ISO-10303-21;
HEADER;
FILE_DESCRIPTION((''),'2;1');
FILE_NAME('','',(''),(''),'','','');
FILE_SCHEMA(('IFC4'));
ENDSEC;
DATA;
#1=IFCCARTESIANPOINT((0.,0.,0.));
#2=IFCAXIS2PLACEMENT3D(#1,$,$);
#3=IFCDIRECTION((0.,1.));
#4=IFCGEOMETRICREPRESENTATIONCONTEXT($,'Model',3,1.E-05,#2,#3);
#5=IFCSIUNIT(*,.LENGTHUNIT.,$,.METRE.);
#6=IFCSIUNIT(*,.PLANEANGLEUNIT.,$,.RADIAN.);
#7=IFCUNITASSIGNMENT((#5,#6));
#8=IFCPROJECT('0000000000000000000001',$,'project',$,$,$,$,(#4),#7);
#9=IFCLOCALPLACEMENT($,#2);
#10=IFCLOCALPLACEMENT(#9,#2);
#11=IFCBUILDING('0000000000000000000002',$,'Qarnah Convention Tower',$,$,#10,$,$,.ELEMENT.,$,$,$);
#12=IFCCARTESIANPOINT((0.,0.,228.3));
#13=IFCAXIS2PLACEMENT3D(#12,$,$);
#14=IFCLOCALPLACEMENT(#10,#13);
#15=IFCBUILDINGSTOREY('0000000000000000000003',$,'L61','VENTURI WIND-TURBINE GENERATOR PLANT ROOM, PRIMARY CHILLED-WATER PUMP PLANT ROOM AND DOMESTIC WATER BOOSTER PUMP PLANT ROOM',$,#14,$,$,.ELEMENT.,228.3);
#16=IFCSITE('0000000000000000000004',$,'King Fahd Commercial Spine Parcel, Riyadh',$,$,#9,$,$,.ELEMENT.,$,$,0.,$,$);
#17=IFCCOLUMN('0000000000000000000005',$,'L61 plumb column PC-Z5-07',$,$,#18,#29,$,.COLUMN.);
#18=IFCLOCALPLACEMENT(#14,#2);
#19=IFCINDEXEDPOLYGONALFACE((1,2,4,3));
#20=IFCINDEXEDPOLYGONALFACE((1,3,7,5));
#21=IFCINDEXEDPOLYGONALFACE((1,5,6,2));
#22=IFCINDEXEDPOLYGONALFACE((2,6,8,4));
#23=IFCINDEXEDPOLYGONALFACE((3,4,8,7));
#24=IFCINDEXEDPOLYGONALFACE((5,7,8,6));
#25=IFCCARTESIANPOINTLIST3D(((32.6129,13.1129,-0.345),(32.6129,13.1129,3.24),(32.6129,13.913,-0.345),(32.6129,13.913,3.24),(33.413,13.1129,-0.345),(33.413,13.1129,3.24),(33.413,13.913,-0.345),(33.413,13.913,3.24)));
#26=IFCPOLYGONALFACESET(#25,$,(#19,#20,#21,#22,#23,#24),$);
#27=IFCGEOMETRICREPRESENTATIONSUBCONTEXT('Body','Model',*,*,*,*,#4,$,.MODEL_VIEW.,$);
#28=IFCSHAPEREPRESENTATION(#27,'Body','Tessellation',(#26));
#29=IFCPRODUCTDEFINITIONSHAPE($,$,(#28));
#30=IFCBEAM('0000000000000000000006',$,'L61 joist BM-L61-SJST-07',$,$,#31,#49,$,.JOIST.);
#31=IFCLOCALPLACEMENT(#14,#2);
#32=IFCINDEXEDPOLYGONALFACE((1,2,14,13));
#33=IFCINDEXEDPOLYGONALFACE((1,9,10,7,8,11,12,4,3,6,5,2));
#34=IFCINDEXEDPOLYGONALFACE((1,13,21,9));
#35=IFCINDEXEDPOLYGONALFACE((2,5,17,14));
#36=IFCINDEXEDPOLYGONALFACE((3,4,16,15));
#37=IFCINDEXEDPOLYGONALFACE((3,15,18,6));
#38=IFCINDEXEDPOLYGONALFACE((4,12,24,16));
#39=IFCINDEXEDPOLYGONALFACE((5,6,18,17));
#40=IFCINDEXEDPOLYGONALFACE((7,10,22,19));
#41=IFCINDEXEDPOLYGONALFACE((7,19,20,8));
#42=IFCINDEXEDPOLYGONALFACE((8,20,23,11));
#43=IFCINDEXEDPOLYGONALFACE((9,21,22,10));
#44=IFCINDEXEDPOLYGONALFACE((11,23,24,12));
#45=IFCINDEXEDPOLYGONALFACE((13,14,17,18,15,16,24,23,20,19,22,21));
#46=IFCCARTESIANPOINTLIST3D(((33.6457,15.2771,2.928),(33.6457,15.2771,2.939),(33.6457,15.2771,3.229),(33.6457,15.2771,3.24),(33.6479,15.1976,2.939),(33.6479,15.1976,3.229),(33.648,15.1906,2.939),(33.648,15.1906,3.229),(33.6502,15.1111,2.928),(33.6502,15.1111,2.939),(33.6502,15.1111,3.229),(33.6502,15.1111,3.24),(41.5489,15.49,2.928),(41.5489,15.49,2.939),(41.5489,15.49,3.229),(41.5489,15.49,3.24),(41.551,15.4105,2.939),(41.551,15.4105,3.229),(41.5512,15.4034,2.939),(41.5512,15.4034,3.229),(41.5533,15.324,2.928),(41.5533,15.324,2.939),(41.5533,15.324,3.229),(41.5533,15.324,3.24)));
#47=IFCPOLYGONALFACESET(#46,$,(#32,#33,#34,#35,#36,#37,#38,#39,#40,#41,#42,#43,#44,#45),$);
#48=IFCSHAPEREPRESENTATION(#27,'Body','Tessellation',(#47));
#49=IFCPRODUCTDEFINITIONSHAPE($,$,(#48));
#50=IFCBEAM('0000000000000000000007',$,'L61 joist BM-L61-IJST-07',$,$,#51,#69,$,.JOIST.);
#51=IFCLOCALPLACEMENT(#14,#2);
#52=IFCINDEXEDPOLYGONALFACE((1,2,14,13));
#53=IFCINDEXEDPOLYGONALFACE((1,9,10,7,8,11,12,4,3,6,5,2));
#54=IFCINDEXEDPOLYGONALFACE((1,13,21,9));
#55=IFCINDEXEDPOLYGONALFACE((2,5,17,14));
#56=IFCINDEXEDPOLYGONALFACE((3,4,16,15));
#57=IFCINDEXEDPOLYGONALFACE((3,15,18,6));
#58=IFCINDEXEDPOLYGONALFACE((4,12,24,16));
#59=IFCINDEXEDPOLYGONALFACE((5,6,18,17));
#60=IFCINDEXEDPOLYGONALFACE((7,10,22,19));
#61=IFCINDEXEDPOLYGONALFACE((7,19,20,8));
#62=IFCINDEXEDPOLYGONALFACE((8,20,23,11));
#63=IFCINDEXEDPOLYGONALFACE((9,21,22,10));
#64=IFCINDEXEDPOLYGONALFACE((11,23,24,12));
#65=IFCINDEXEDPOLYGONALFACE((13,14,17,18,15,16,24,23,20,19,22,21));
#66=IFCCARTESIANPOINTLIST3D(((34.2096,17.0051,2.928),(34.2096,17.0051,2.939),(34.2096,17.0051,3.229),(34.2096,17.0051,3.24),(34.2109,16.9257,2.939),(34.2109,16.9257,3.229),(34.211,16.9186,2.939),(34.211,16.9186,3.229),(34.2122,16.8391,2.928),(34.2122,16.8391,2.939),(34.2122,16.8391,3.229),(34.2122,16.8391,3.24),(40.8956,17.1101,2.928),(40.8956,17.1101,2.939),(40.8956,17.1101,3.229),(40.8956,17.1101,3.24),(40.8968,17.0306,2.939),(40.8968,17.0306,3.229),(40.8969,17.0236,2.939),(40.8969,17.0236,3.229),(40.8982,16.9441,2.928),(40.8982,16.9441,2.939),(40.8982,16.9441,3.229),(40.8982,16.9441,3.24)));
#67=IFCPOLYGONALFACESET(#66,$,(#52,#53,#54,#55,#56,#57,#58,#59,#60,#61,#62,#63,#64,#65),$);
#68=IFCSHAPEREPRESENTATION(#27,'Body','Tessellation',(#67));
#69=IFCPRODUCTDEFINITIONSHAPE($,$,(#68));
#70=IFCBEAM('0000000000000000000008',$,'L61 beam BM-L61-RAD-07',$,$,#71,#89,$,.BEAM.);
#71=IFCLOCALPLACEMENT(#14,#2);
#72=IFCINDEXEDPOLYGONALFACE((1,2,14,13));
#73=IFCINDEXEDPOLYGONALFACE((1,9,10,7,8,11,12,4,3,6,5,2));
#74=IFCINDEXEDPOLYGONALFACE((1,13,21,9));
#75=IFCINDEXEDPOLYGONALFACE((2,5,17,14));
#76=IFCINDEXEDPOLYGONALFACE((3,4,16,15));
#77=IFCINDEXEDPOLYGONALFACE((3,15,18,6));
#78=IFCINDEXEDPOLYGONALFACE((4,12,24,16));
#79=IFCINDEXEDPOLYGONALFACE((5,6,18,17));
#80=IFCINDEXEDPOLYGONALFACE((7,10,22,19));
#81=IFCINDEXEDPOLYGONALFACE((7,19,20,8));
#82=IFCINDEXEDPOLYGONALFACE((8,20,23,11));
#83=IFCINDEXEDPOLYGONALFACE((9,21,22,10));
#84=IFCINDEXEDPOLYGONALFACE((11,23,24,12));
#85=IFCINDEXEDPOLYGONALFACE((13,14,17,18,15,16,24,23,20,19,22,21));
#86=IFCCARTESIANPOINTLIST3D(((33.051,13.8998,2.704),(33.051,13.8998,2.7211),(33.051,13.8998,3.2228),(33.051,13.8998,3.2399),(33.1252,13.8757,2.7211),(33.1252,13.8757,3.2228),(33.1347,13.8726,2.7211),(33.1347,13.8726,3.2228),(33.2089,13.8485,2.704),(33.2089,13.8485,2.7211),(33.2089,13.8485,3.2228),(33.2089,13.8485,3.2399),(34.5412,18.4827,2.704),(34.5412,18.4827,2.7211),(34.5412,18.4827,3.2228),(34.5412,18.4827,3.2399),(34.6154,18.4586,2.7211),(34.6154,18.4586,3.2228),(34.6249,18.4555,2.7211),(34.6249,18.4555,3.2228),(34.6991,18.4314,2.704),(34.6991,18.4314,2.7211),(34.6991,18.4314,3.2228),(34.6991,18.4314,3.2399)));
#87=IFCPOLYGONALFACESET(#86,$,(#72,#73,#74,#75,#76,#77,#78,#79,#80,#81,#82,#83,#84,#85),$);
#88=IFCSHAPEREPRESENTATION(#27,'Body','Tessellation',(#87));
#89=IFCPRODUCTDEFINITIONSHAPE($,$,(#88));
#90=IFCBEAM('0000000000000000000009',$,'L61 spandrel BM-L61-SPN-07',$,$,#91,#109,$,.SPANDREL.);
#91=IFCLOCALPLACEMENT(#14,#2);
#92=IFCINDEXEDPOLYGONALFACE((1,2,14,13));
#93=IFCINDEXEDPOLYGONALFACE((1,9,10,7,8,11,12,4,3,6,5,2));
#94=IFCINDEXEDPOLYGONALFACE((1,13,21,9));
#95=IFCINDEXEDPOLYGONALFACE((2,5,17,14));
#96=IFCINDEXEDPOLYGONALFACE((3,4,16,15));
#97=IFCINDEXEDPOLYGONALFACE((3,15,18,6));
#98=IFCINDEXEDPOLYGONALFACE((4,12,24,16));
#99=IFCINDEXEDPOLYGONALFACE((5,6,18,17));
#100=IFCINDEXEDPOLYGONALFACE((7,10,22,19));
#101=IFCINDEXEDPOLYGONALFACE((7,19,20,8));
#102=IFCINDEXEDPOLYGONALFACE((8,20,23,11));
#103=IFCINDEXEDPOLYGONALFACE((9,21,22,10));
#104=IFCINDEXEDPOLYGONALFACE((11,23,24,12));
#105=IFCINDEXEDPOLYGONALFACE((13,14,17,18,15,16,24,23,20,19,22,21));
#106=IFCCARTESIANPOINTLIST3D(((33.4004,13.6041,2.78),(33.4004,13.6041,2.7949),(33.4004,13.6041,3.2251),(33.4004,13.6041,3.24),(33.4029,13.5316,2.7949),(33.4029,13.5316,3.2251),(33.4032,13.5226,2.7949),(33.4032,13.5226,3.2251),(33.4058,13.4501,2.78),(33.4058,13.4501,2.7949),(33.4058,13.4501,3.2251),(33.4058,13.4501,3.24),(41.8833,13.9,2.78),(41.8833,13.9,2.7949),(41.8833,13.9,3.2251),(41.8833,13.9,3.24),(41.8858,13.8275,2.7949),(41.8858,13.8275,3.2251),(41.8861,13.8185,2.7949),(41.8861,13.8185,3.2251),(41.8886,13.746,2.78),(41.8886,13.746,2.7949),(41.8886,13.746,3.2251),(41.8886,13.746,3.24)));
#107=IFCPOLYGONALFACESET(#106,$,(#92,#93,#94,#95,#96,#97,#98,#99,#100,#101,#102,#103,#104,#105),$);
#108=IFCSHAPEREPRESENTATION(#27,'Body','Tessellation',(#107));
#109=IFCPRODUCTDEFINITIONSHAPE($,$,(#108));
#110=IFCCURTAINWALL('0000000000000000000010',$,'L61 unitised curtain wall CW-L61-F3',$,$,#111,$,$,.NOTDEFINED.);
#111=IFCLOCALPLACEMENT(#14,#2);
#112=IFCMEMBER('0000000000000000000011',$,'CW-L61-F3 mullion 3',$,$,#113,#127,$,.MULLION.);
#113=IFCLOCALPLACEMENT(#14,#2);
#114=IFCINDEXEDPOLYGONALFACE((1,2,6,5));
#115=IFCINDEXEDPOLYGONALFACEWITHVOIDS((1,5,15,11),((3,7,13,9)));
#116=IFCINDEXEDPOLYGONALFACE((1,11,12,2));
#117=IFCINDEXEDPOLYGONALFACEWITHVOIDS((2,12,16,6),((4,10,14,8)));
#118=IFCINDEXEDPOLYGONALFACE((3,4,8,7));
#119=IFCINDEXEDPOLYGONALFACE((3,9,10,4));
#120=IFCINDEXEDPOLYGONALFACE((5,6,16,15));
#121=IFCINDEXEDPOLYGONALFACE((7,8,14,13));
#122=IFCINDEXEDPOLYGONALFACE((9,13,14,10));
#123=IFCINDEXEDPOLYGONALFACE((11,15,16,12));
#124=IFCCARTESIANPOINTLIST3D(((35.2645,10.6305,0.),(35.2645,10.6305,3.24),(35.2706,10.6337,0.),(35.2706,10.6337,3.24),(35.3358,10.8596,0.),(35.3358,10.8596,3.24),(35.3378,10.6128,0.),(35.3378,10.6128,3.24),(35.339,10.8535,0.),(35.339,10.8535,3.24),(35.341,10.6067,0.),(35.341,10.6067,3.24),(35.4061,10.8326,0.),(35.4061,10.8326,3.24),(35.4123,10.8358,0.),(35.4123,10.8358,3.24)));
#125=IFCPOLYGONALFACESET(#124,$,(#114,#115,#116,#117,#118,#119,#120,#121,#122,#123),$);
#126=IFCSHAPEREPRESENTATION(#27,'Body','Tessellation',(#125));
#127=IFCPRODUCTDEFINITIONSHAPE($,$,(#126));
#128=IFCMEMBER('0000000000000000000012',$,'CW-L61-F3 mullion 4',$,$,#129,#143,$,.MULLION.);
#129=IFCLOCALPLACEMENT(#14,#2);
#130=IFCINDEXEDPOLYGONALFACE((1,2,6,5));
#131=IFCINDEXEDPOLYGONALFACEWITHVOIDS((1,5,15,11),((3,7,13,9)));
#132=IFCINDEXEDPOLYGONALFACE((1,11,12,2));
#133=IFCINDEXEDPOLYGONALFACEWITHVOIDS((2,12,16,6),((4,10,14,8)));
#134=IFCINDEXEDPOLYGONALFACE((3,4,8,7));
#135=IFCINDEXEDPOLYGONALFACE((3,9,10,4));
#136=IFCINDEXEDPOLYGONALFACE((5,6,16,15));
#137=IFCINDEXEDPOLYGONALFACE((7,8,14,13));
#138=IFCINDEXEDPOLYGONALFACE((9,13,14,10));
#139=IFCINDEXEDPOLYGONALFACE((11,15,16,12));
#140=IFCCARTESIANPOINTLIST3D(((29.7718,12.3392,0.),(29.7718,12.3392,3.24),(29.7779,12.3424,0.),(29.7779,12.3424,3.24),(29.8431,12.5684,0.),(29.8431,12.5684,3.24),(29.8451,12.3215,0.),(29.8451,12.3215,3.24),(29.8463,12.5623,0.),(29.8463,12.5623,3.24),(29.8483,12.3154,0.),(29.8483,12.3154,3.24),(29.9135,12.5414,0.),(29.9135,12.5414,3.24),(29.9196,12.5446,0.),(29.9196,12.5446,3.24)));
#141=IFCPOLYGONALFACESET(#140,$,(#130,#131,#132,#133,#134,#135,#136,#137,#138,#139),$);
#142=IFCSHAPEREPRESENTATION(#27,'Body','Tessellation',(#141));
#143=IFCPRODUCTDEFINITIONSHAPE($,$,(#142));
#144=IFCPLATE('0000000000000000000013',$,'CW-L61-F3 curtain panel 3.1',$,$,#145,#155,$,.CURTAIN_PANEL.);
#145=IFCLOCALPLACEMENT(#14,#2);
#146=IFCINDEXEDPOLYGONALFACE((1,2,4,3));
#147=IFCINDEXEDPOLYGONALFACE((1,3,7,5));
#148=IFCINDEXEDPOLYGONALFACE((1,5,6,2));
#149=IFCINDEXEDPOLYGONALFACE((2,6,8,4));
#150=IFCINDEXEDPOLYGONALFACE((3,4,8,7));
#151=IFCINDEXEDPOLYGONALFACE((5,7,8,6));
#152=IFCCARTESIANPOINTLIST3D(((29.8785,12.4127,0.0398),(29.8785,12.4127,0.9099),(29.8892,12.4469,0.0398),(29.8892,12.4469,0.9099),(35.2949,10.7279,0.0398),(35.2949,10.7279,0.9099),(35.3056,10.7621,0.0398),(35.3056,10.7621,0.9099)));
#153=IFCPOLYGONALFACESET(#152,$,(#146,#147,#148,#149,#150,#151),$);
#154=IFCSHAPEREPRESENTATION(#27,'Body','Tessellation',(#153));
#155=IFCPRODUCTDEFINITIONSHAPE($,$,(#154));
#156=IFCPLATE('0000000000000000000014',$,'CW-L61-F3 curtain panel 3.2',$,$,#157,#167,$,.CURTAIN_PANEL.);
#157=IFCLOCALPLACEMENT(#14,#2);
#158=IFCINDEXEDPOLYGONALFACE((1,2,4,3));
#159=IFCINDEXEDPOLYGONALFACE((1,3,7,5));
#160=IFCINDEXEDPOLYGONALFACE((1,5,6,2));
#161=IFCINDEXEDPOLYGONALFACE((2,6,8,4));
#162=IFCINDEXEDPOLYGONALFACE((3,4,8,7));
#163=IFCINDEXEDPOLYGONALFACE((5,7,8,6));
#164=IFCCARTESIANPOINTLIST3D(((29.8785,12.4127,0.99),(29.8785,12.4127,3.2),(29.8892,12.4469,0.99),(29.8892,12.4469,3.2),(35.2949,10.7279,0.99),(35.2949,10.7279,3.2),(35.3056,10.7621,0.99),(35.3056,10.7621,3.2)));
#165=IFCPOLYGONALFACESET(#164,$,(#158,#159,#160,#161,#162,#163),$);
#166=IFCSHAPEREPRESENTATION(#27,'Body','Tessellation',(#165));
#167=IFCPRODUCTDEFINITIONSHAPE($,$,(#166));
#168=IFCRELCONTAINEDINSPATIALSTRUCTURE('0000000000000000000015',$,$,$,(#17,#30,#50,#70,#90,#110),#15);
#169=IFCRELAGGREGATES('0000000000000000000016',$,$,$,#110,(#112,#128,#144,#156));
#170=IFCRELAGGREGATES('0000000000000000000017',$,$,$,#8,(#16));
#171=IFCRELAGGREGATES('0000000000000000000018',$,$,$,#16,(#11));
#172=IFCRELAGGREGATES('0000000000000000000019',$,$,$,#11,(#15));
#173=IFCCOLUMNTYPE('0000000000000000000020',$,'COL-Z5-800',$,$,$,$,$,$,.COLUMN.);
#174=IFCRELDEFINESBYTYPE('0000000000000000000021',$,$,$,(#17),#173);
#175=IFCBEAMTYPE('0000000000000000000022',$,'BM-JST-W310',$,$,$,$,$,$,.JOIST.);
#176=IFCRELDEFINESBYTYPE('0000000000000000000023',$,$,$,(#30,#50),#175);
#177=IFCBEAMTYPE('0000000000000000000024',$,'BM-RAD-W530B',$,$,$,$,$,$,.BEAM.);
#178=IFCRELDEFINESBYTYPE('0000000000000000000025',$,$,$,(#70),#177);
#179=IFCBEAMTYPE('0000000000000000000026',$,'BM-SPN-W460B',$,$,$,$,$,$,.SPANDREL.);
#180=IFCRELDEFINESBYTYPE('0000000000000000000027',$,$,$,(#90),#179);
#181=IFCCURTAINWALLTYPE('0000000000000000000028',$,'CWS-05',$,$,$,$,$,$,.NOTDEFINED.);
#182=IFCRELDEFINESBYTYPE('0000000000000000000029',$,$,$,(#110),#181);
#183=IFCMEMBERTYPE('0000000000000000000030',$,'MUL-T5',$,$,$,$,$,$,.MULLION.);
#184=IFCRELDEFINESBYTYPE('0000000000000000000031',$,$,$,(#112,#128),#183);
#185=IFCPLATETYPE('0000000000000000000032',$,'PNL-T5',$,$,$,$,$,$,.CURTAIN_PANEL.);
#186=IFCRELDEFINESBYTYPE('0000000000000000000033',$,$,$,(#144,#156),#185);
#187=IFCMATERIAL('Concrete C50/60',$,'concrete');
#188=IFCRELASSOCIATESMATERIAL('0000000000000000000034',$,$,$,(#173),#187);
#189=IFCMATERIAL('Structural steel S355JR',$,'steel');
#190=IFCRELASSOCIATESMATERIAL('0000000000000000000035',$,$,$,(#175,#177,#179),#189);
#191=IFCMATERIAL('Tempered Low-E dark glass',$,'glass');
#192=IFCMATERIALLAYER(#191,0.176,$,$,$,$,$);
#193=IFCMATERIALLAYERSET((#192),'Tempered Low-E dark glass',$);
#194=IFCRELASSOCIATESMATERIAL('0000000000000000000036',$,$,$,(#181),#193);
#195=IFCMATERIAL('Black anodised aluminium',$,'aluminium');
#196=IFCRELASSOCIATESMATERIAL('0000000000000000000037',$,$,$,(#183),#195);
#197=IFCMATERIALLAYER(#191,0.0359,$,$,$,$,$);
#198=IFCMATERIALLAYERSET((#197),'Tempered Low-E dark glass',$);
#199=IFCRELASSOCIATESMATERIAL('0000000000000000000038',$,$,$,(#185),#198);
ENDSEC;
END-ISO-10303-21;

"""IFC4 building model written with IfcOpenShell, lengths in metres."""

from ifc_helpers import new_model, si_unit, direction, frame, origin, origin_2d, place, context, subcontext, project, spatial, rectangle, hollow_rectangle, i_section, extrude, material, layer, layer_set, material_profile, profile_set, type_object, element, aggregate, save


model = new_model("IFC4")

# Units and contexts
model_context = context("Model", 3, precision=1e-05, world=origin(), true_north=direction((0.0, 1.0)))
body_context = subcontext(model_context, "Body", "Model", "MODEL_VIEW")
ifc_project = project(units=[si_unit("LENGTHUNIT", "METRE"), si_unit("PLANEANGLEUNIT", "RADIAN")], contexts=[model_context])

# Site, building, storey
site_placement = place(None, origin())
site = spatial("IfcSite", under=ifc_project, at=site_placement, Name="King Fahd Commercial Spine Parcel, Riyadh", CompositionType="ELEMENT", RefElevation=0.0)
building_placement = place(site_placement, origin())
building = spatial("IfcBuilding", under=site, at=building_placement, Name="Qarnah Convention Tower", CompositionType="ELEMENT")
storey_placement = place(building_placement, frame((0.0, 0.0, 228.3)))
storey = spatial("IfcBuildingStorey", under=building, at=storey_placement, Name="L61", Description="VENTURI WIND-TURBINE GENERATOR PLANT ROOM, PRIMARY CHILLED-WATER PUMP PLANT ROOM AND DOMESTIC WATER BOOSTER PUMP PLANT ROOM", CompositionType="ELEMENT", Elevation=228.3)

# Column
ifc_material_1 = material(Name="Concrete C50/60", Category="concrete")
ifc_material_profile_1 = material_profile(ifc_material_1, rectangle(XDim=0.8, YDim=0.8, at=origin_2d()), Name="RC-COL-800X800")
ifc_profile_set_1 = profile_set([ifc_material_profile_1], Name="Concrete C50/60")
column_type = type_object("IfcColumnType", Name="COL-Z5-800", PredefinedType="COLUMN", material=ifc_profile_set_1)
column_placement = place(storey_placement, frame((33.0129, 13.5129, -0.345), z_axis=(0.0, 0.0, 1.0), x_axis=(1.0, 0.0, 0.0)))
element("IfcColumn", 1, at=column_placement, inside=storey, type_object=column_type, Name="L61 plumb column PC-Z5-07", PredefinedType="COLUMN", context=body_context, shape_type="SweptSolid", body=[
    extrude(rectangle(XDim=0.8, YDim=0.8, at=origin_2d()), origin(), (0.0, 0.0, 1.0), 3.585),
])

# Beams
ifc_material_2 = material(Name="Structural steel S355JR", Category="steel")
ifc_material_profile_2 = material_profile(ifc_material_2, i_section(OverallWidth=0.166, OverallDepth=0.312, WebThickness=0.0071, FlangeThickness=0.011, at=origin_2d()), Name="W310X45")
ifc_profile_set_2 = profile_set([ifc_material_profile_2], Name="Structural steel S355JR")
beam_type_1 = type_object("IfcBeamType", Name="BM-JST-W310", PredefinedType="JOIST", material=ifc_profile_set_2)
beam_1_placement = place(storey_placement, frame((33.6479, 15.1941, 3.084), z_axis=(0.999637, 0.026928, 0.0), x_axis=(-0.026928, 0.999637, 0.0)))
element("IfcBeam", 2, at=beam_1_placement, inside=storey, type_object=beam_type_1, Name="L61 joist BM-L61-SJST-07", PredefinedType="JOIST", context=body_context, shape_type="SweptSolid", body=[
    extrude(i_section(OverallWidth=0.166, OverallDepth=0.312, WebThickness=0.0071, FlangeThickness=0.011, at=origin_2d()), origin(), (0.0, 0.0, 1.0), 7.906),
])
beam_2_placement = place(storey_placement, frame((34.2109, 16.9221, 3.084), z_axis=(0.999877, 0.0157, 0.0), x_axis=(-0.0157, 0.999877, 0.0)))
element("IfcBeam", 3, at=beam_2_placement, inside=storey, type_object=beam_type_1, Name="L61 joist BM-L61-IJST-07", PredefinedType="JOIST", context=body_context, shape_type="SweptSolid", body=[
    extrude(i_section(OverallWidth=0.166, OverallDepth=0.312, WebThickness=0.0071, FlangeThickness=0.011, at=origin_2d()), origin(), (0.0, 0.0, 1.0), 6.6868),
])
ifc_material_profile_3 = material_profile(ifc_material_2, i_section(OverallWidth=0.166, OverallDepth=0.5359, WebThickness=0.01, FlangeThickness=0.0171, at=origin_2d()), Name="W530X85")
ifc_profile_set_3 = profile_set([ifc_material_profile_3], Name="Structural steel S355JR")
beam_type_2 = type_object("IfcBeamType", Name="BM-RAD-W530B", PredefinedType="BEAM", material=ifc_profile_set_3)
beam_3_placement = place(storey_placement, frame((34.6201, 18.457, 2.9719), z_axis=(-0.309228, -0.950988, 0.0), x_axis=(0.950988, -0.309228, 0.0)))
element("IfcBeam", 4, at=beam_3_placement, inside=storey, type_object=beam_type_2, Name="L61 beam BM-L61-RAD-07", PredefinedType="BEAM", context=body_context, shape_type="SweptSolid", body=[
    extrude(i_section(OverallWidth=0.166, OverallDepth=0.5359, WebThickness=0.01, FlangeThickness=0.0171, at=origin_2d()), origin(), (0.0, 0.0, 1.0), 4.8191),
])
ifc_material_profile_4 = material_profile(ifc_material_2, i_section(OverallWidth=0.1541, OverallDepth=0.46, WebThickness=0.009, FlangeThickness=0.0149, at=origin_2d()), Name="W460X68")
ifc_profile_set_4 = profile_set([ifc_material_profile_4], Name="Structural steel S355JR")
beam_type_3 = type_object("IfcBeamType", Name="BM-SPN-W460B", PredefinedType="SPANDREL", material=ifc_profile_set_4)
beam_4_placement = place(storey_placement, frame((33.4031, 13.5271, 3.01), z_axis=(0.999392, 0.034861, 0.0), x_axis=(-0.034861, 0.999392, 0.0)))
element("IfcBeam", 5, at=beam_4_placement, inside=storey, type_object=beam_type_3, Name="L61 spandrel BM-L61-SPN-07", PredefinedType="SPANDREL", context=body_context, shape_type="SweptSolid", body=[
    extrude(i_section(OverallWidth=0.1541, OverallDepth=0.46, WebThickness=0.009, FlangeThickness=0.0149, at=origin_2d()), origin(), (0.0, 0.0, 1.0), 8.488),
])

# Curtain wall, members, plates
ifc_material_3 = material(Name="Tempered Low-E dark glass", Category="glass")
ifc_layer_1 = layer(ifc_material_3, 0.176)
ifc_layer_set_1 = layer_set([ifc_layer_1], Name="Tempered Low-E dark glass")
curtain_wall_type = type_object("IfcCurtainWallType", Name="CWS-05", PredefinedType="NOTDEFINED", material=ifc_layer_set_1)
curtain_wall_placement = place(storey_placement, origin())
curtain_wall = element("IfcCurtainWall", 6, at=curtain_wall_placement, inside=storey, type_object=curtain_wall_type, Name="L61 unitised curtain wall CW-L61-F3", PredefinedType="NOTDEFINED")
ifc_material_4 = material(Name="Black anodised aluminium", Category="aluminium")
ifc_material_profile_5 = material_profile(ifc_material_4, hollow_rectangle(XDim=0.0801, YDim=0.24, WallThickness=0.0049, at=origin_2d()), Name="MUL-80X240")
ifc_profile_set_5 = profile_set([ifc_material_profile_5], Name="Black anodised aluminium")
member_type = type_object("IfcMemberType", Name="MUL-T5", PredefinedType="MULLION", material=ifc_profile_set_5)
member_1_placement = place(storey_placement, frame((35.3384, 10.7332, 0.0), z_axis=(0.0, 0.0, 1.0), x_axis=(-0.95487, 0.297024, 0.0)))
member_1 = element("IfcMember", 7, at=member_1_placement, type_object=member_type, Name="CW-L61-F3 mullion 3", PredefinedType="MULLION", context=body_context, shape_type="SweptSolid", body=[
    extrude(hollow_rectangle(XDim=0.0801, YDim=0.24, WallThickness=0.0049, at=origin_2d()), origin(), (0.0, 0.0, 1.0), 3.24),
])
member_2_placement = place(storey_placement, frame((29.8457, 12.4419, 0.0), z_axis=(0.0, 0.0, 1.0), x_axis=(-0.95487, 0.297024, 0.0)))
member_2 = element("IfcMember", 8, at=member_2_placement, type_object=member_type, Name="CW-L61-F3 mullion 4", PredefinedType="MULLION", context=body_context, shape_type="SweptSolid", body=[
    extrude(hollow_rectangle(XDim=0.0801, YDim=0.24, WallThickness=0.0049, at=origin_2d()), origin(), (0.0, 0.0, 1.0), 3.24),
])
ifc_layer_2 = layer(ifc_material_3, 0.0359)
ifc_layer_set_2 = layer_set([ifc_layer_2], Name="Tempered Low-E dark glass")
plate_type = type_object("IfcPlateType", Name="PNL-T5", PredefinedType="CURTAIN_PANEL", material=ifc_layer_set_2)
plate_1_placement = place(storey_placement, frame((32.592, 11.5874, 0.0398), z_axis=(0.0, 0.0, 1.0), x_axis=(-0.95487, 0.297024, 0.0)))
plate_1 = element("IfcPlate", 9, at=plate_1_placement, type_object=plate_type, Name="CW-L61-F3 curtain panel 3.1", PredefinedType="CURTAIN_PANEL", context=body_context, shape_type="SweptSolid", body=[
    extrude(rectangle(XDim=5.6724, YDim=0.0359, at=origin_2d()), origin(), (0.0, 0.0, 1.0), 0.8701),
])
plate_2_placement = place(storey_placement, frame((32.592, 11.5874, 0.99), z_axis=(0.0, 0.0, 1.0), x_axis=(-0.95487, 0.297024, 0.0)))
plate_2 = element("IfcPlate", 10, at=plate_2_placement, type_object=plate_type, Name="CW-L61-F3 curtain panel 3.2", PredefinedType="CURTAIN_PANEL", context=body_context, shape_type="SweptSolid", body=[
    extrude(rectangle(XDim=5.6724, YDim=0.0359, at=origin_2d()), origin(), (0.0, 0.0, 1.0), 2.21),
])
aggregate(curtain_wall, [member_1, member_2, plate_1, plate_2])

save(model, "model.ifc")
